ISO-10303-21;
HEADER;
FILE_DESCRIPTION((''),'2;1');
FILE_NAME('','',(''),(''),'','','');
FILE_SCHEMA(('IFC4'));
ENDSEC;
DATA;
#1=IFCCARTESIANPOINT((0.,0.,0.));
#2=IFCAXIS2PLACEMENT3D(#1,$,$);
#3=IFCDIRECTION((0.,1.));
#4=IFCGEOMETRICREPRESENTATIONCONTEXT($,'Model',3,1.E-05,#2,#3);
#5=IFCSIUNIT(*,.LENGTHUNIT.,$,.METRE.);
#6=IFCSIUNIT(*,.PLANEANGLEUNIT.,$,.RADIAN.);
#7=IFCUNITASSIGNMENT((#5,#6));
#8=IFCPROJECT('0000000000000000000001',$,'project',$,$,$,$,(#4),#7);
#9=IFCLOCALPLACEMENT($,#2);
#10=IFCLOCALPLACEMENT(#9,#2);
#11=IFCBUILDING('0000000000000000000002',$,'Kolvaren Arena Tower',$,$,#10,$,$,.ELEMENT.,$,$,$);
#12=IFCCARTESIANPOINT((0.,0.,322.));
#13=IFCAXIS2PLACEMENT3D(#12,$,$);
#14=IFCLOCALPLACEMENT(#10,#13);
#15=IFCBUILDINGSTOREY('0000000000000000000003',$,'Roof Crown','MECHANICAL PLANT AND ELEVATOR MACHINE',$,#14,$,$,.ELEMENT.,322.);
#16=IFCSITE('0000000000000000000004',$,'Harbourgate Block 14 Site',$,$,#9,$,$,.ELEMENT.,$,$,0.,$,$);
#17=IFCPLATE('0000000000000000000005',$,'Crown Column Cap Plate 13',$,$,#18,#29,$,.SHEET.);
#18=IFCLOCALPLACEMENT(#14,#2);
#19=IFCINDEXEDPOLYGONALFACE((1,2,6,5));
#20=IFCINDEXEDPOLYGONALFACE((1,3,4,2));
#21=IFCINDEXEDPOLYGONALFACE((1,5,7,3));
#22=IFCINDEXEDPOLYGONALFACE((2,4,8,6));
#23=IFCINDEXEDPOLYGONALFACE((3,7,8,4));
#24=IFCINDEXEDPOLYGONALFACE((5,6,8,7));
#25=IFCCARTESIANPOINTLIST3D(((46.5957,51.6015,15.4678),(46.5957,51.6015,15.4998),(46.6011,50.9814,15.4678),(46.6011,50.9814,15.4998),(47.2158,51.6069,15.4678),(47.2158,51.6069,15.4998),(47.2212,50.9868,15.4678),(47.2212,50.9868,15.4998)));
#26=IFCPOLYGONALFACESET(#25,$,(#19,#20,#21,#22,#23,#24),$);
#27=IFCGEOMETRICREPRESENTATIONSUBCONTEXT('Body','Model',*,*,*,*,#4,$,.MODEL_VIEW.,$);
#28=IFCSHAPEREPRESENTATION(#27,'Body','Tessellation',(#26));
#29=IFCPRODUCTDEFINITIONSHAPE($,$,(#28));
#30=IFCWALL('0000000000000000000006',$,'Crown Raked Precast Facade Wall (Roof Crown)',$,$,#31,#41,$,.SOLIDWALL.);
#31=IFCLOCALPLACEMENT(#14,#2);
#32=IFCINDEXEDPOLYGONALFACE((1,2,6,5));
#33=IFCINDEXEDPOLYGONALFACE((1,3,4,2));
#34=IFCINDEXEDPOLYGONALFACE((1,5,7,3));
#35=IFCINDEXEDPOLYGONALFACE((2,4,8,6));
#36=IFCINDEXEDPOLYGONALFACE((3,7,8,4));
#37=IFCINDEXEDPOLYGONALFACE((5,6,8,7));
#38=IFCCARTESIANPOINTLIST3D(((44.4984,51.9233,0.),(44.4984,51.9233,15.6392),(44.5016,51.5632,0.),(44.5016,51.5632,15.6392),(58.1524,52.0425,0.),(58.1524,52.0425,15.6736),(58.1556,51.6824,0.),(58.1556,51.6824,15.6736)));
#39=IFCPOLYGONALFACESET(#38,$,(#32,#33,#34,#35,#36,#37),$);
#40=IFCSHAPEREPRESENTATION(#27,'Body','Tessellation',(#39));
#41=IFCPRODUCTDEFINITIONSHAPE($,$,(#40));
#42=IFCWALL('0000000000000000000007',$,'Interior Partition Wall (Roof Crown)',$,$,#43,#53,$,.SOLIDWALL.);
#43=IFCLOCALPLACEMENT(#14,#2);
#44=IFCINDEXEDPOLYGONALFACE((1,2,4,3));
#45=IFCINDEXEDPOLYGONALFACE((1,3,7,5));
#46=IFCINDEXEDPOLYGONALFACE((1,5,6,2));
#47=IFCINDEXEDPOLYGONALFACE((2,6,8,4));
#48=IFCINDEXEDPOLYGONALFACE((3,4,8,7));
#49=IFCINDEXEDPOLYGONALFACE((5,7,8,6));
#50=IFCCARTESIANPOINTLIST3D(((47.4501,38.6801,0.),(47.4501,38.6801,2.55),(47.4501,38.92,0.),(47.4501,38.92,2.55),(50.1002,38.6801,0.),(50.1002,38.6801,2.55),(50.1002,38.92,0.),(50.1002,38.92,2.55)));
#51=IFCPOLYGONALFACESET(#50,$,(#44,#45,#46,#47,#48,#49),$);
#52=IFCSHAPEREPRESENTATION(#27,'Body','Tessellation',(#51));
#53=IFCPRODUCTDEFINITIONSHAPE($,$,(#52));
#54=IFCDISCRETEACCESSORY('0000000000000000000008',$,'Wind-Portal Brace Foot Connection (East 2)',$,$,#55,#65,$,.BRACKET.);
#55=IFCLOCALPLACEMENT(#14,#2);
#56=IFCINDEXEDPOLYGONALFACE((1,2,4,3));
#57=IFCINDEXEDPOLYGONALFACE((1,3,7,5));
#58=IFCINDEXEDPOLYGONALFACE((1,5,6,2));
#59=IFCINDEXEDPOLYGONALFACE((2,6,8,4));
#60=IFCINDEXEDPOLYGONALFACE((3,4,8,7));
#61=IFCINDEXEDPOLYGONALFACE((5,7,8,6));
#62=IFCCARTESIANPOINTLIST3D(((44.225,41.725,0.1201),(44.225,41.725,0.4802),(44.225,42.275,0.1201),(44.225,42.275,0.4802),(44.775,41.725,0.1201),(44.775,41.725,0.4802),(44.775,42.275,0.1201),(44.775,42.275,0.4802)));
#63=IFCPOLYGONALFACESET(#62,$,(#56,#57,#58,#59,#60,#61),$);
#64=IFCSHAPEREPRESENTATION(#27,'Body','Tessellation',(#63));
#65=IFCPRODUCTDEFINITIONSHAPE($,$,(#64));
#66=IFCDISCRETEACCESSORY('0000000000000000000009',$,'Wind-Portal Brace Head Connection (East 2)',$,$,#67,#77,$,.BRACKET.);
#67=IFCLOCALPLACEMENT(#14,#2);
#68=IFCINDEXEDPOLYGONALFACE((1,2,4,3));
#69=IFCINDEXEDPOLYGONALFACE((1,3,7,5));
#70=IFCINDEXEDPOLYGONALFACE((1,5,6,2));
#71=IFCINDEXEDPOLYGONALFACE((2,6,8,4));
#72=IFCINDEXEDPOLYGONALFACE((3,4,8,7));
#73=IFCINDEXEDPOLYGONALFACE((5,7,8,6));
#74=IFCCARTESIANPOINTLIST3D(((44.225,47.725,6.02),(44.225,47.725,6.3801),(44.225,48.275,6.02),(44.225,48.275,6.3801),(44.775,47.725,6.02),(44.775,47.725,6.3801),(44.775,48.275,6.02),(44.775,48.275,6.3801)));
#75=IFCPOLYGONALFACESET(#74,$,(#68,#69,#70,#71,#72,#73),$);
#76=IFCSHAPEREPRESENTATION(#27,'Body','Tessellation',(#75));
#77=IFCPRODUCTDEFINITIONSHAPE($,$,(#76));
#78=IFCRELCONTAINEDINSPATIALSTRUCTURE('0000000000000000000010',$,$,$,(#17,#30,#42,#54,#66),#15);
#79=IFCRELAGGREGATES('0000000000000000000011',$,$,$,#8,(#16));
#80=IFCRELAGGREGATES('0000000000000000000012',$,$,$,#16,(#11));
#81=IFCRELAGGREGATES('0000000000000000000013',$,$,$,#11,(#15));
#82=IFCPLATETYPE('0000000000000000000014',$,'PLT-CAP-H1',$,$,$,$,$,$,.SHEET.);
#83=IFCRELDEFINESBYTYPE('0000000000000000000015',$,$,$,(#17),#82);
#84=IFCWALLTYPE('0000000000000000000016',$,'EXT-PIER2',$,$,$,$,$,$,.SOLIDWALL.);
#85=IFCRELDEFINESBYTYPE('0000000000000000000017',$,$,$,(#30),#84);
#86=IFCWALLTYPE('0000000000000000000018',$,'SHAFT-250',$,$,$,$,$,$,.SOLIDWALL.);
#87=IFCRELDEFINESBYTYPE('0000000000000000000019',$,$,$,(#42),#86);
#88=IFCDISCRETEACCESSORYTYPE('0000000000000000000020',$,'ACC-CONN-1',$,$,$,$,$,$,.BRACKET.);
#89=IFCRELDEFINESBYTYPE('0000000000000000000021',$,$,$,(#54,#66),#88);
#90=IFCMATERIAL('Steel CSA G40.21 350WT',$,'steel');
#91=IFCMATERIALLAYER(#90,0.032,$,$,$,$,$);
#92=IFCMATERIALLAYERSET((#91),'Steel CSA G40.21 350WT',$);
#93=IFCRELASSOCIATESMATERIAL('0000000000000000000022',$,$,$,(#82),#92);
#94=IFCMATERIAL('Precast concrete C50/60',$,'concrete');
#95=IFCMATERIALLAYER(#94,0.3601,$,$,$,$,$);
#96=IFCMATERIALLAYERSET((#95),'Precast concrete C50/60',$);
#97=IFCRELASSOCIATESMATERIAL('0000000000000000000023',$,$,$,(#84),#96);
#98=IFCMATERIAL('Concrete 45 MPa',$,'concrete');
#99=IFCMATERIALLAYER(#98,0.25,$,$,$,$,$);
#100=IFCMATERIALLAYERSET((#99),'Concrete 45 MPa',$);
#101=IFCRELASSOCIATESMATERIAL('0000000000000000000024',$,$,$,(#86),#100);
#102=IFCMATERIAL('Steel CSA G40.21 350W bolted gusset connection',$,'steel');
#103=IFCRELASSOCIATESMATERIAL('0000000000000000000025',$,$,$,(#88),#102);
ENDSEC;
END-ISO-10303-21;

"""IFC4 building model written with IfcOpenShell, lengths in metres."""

from ifc_helpers import new_model, si_unit, direction, frame, frame_2d, origin, origin_2d, place, context, subcontext, project, spatial, polyline, rectangle, outline, extrude, material, layer, layer_set, type_object, element, save


model = new_model("IFC4")

# Units and contexts
model_context = context("Model", 3, precision=1e-05, world=origin(), true_north=direction((0.0, 1.0)))
body_context = subcontext(model_context, "Body", "Model", "MODEL_VIEW")
ifc_project = project(units=[si_unit("LENGTHUNIT", "METRE"), si_unit("PLANEANGLEUNIT", "RADIAN")], contexts=[model_context])

# Site, building, storey
site_placement = place(None, origin())
site = spatial("IfcSite", under=ifc_project, at=site_placement, Name="Harbourgate Block 14 Site", CompositionType="ELEMENT", RefElevation=0.0)
building_placement = place(site_placement, origin())
building = spatial("IfcBuilding", under=site, at=building_placement, Name="Kolvaren Arena Tower", CompositionType="ELEMENT")
storey_placement = place(building_placement, frame((0.0, 0.0, 322.0)))
storey = spatial("IfcBuildingStorey", under=building, at=storey_placement, Name="Roof Crown", Description="MECHANICAL PLANT AND ELEVATOR MACHINE", CompositionType="ELEMENT", Elevation=322.0)

# Shared definitions
ifc_material_1 = material(Name="Precast concrete C50/60", Category="concrete")

# Shared definitions
ifc_material_2 = material(Name="Steel CSA G40.21 350WT", Category="steel")

# Plate
ifc_layer_1 = layer(ifc_material_2, 0.032)
ifc_layer_set_1 = layer_set([ifc_layer_1], Name="Steel CSA G40.21 350WT")
plate_type_1 = type_object("IfcPlateType", Name="PLT-CAP-H1", PredefinedType="SHEET", material=ifc_layer_set_1)
plate_1_placement = place(storey_placement, frame((46.9084, 51.2942, 15.4678), z_axis=(0.0, 0.0, 1.0), x_axis=(0.999962, 0.008727, 0.0)))
element("IfcPlate", 1, at=plate_1_placement, inside=storey, type_object=plate_type_1, Name="Crown Column Cap Plate 13", PredefinedType="SHEET", context=body_context, shape_type="SweptSolid", body=[
    extrude(rectangle(XDim=0.6201, YDim=0.6201, at=origin_2d()), origin(), (0.0, 0.0, 1.0), 0.032),
])

# Walls
ifc_layer_2 = layer(ifc_material_1, 0.3601)
ifc_layer_set_2 = layer_set([ifc_layer_2], Name="Precast concrete C50/60")
wall_type_1 = type_object("IfcWallType", Name="EXT-PIER2", PredefinedType="SOLIDWALL", material=ifc_layer_set_2)
wall_1_placement = place(storey_placement, frame((44.5, 51.7432, 0.0), z_axis=(0.0, 0.0, 1.0), x_axis=(0.999962, 0.008725, 0.0)))
element("IfcWall", 2, at=wall_1_placement, inside=storey, type_object=wall_type_1, Name="Crown Raked Precast Facade Wall (Roof Crown)", PredefinedType="SOLIDWALL", context=body_context, shape_type="SweptSolid", body=[
    extrude(outline(polyline([(0.0, 0.0), (13.6545, 0.0), (13.6545, 15.6736), (0.0, 15.6392), (0.0, 0.0)])), frame((0.0, 0.1802, 0.0), z_axis=(0.0, -1.0, 0.0), x_axis=(1.0, 0.0, 0.0)), (0.0, 0.0, 1.0), 0.3601),
])
ifc_material_3 = material(Name="Concrete 45 MPa", Category="concrete")
ifc_layer_3 = layer(ifc_material_3, 0.25)
ifc_layer_set_3 = layer_set([ifc_layer_3], Name="Concrete 45 MPa")
wall_type_2 = type_object("IfcWallType", Name="SHAFT-250", PredefinedType="SOLIDWALL", material=ifc_layer_set_3)
wall_2_placement = place(storey_placement, frame((47.45, 38.8, 0.0), z_axis=(0.0, 0.0, 1.0), x_axis=(1.0, 0.0, 0.0)))
element("IfcWall", 3, at=wall_2_placement, inside=storey, type_object=wall_type_2, Name="Interior Partition Wall (Roof Crown)", PredefinedType="SOLIDWALL", context=body_context, shape_type="SweptSolid", body=[
    extrude(rectangle(XDim=2.6501, YDim=0.24, at=frame_2d((1.3252, 0.0))), origin(), (0.0, 0.0, 1.0), 2.55),
])

# Discrete accessories
ifc_material_4 = material(Name="Steel CSA G40.21 350W bolted gusset connection", Category="steel")
discrete_accessory_type = type_object("IfcDiscreteAccessoryType", Name="ACC-CONN-1", PredefinedType="BRACKET", material=ifc_material_4)
for number, where, z_axis, x_axis, name in (
    (4, (44.5, 42.0, 0.1201), (0.0, 0.0, 1.0), (1.0, 0.0, 0.0), "Wind-Portal Brace Foot Connection (East 2)"),
    (5, (44.5, 48.0, 6.02), (0.0, 0.0, 1.0), (1.0, 0.0, 0.0), "Wind-Portal Brace Head Connection (East 2)"),
):
    element("IfcDiscreteAccessory", number, at=place(storey_placement, frame(where, z_axis=z_axis, x_axis=x_axis)), inside=storey, type_object=discrete_accessory_type, Name=name, PredefinedType="BRACKET", context=body_context, shape_type="SweptSolid", body=[
        extrude(rectangle(XDim=0.55, YDim=0.55, at=origin_2d()), origin(), (0.0, 0.0, 1.0), 0.3601),
    ])

save(model, "model.ifc")
